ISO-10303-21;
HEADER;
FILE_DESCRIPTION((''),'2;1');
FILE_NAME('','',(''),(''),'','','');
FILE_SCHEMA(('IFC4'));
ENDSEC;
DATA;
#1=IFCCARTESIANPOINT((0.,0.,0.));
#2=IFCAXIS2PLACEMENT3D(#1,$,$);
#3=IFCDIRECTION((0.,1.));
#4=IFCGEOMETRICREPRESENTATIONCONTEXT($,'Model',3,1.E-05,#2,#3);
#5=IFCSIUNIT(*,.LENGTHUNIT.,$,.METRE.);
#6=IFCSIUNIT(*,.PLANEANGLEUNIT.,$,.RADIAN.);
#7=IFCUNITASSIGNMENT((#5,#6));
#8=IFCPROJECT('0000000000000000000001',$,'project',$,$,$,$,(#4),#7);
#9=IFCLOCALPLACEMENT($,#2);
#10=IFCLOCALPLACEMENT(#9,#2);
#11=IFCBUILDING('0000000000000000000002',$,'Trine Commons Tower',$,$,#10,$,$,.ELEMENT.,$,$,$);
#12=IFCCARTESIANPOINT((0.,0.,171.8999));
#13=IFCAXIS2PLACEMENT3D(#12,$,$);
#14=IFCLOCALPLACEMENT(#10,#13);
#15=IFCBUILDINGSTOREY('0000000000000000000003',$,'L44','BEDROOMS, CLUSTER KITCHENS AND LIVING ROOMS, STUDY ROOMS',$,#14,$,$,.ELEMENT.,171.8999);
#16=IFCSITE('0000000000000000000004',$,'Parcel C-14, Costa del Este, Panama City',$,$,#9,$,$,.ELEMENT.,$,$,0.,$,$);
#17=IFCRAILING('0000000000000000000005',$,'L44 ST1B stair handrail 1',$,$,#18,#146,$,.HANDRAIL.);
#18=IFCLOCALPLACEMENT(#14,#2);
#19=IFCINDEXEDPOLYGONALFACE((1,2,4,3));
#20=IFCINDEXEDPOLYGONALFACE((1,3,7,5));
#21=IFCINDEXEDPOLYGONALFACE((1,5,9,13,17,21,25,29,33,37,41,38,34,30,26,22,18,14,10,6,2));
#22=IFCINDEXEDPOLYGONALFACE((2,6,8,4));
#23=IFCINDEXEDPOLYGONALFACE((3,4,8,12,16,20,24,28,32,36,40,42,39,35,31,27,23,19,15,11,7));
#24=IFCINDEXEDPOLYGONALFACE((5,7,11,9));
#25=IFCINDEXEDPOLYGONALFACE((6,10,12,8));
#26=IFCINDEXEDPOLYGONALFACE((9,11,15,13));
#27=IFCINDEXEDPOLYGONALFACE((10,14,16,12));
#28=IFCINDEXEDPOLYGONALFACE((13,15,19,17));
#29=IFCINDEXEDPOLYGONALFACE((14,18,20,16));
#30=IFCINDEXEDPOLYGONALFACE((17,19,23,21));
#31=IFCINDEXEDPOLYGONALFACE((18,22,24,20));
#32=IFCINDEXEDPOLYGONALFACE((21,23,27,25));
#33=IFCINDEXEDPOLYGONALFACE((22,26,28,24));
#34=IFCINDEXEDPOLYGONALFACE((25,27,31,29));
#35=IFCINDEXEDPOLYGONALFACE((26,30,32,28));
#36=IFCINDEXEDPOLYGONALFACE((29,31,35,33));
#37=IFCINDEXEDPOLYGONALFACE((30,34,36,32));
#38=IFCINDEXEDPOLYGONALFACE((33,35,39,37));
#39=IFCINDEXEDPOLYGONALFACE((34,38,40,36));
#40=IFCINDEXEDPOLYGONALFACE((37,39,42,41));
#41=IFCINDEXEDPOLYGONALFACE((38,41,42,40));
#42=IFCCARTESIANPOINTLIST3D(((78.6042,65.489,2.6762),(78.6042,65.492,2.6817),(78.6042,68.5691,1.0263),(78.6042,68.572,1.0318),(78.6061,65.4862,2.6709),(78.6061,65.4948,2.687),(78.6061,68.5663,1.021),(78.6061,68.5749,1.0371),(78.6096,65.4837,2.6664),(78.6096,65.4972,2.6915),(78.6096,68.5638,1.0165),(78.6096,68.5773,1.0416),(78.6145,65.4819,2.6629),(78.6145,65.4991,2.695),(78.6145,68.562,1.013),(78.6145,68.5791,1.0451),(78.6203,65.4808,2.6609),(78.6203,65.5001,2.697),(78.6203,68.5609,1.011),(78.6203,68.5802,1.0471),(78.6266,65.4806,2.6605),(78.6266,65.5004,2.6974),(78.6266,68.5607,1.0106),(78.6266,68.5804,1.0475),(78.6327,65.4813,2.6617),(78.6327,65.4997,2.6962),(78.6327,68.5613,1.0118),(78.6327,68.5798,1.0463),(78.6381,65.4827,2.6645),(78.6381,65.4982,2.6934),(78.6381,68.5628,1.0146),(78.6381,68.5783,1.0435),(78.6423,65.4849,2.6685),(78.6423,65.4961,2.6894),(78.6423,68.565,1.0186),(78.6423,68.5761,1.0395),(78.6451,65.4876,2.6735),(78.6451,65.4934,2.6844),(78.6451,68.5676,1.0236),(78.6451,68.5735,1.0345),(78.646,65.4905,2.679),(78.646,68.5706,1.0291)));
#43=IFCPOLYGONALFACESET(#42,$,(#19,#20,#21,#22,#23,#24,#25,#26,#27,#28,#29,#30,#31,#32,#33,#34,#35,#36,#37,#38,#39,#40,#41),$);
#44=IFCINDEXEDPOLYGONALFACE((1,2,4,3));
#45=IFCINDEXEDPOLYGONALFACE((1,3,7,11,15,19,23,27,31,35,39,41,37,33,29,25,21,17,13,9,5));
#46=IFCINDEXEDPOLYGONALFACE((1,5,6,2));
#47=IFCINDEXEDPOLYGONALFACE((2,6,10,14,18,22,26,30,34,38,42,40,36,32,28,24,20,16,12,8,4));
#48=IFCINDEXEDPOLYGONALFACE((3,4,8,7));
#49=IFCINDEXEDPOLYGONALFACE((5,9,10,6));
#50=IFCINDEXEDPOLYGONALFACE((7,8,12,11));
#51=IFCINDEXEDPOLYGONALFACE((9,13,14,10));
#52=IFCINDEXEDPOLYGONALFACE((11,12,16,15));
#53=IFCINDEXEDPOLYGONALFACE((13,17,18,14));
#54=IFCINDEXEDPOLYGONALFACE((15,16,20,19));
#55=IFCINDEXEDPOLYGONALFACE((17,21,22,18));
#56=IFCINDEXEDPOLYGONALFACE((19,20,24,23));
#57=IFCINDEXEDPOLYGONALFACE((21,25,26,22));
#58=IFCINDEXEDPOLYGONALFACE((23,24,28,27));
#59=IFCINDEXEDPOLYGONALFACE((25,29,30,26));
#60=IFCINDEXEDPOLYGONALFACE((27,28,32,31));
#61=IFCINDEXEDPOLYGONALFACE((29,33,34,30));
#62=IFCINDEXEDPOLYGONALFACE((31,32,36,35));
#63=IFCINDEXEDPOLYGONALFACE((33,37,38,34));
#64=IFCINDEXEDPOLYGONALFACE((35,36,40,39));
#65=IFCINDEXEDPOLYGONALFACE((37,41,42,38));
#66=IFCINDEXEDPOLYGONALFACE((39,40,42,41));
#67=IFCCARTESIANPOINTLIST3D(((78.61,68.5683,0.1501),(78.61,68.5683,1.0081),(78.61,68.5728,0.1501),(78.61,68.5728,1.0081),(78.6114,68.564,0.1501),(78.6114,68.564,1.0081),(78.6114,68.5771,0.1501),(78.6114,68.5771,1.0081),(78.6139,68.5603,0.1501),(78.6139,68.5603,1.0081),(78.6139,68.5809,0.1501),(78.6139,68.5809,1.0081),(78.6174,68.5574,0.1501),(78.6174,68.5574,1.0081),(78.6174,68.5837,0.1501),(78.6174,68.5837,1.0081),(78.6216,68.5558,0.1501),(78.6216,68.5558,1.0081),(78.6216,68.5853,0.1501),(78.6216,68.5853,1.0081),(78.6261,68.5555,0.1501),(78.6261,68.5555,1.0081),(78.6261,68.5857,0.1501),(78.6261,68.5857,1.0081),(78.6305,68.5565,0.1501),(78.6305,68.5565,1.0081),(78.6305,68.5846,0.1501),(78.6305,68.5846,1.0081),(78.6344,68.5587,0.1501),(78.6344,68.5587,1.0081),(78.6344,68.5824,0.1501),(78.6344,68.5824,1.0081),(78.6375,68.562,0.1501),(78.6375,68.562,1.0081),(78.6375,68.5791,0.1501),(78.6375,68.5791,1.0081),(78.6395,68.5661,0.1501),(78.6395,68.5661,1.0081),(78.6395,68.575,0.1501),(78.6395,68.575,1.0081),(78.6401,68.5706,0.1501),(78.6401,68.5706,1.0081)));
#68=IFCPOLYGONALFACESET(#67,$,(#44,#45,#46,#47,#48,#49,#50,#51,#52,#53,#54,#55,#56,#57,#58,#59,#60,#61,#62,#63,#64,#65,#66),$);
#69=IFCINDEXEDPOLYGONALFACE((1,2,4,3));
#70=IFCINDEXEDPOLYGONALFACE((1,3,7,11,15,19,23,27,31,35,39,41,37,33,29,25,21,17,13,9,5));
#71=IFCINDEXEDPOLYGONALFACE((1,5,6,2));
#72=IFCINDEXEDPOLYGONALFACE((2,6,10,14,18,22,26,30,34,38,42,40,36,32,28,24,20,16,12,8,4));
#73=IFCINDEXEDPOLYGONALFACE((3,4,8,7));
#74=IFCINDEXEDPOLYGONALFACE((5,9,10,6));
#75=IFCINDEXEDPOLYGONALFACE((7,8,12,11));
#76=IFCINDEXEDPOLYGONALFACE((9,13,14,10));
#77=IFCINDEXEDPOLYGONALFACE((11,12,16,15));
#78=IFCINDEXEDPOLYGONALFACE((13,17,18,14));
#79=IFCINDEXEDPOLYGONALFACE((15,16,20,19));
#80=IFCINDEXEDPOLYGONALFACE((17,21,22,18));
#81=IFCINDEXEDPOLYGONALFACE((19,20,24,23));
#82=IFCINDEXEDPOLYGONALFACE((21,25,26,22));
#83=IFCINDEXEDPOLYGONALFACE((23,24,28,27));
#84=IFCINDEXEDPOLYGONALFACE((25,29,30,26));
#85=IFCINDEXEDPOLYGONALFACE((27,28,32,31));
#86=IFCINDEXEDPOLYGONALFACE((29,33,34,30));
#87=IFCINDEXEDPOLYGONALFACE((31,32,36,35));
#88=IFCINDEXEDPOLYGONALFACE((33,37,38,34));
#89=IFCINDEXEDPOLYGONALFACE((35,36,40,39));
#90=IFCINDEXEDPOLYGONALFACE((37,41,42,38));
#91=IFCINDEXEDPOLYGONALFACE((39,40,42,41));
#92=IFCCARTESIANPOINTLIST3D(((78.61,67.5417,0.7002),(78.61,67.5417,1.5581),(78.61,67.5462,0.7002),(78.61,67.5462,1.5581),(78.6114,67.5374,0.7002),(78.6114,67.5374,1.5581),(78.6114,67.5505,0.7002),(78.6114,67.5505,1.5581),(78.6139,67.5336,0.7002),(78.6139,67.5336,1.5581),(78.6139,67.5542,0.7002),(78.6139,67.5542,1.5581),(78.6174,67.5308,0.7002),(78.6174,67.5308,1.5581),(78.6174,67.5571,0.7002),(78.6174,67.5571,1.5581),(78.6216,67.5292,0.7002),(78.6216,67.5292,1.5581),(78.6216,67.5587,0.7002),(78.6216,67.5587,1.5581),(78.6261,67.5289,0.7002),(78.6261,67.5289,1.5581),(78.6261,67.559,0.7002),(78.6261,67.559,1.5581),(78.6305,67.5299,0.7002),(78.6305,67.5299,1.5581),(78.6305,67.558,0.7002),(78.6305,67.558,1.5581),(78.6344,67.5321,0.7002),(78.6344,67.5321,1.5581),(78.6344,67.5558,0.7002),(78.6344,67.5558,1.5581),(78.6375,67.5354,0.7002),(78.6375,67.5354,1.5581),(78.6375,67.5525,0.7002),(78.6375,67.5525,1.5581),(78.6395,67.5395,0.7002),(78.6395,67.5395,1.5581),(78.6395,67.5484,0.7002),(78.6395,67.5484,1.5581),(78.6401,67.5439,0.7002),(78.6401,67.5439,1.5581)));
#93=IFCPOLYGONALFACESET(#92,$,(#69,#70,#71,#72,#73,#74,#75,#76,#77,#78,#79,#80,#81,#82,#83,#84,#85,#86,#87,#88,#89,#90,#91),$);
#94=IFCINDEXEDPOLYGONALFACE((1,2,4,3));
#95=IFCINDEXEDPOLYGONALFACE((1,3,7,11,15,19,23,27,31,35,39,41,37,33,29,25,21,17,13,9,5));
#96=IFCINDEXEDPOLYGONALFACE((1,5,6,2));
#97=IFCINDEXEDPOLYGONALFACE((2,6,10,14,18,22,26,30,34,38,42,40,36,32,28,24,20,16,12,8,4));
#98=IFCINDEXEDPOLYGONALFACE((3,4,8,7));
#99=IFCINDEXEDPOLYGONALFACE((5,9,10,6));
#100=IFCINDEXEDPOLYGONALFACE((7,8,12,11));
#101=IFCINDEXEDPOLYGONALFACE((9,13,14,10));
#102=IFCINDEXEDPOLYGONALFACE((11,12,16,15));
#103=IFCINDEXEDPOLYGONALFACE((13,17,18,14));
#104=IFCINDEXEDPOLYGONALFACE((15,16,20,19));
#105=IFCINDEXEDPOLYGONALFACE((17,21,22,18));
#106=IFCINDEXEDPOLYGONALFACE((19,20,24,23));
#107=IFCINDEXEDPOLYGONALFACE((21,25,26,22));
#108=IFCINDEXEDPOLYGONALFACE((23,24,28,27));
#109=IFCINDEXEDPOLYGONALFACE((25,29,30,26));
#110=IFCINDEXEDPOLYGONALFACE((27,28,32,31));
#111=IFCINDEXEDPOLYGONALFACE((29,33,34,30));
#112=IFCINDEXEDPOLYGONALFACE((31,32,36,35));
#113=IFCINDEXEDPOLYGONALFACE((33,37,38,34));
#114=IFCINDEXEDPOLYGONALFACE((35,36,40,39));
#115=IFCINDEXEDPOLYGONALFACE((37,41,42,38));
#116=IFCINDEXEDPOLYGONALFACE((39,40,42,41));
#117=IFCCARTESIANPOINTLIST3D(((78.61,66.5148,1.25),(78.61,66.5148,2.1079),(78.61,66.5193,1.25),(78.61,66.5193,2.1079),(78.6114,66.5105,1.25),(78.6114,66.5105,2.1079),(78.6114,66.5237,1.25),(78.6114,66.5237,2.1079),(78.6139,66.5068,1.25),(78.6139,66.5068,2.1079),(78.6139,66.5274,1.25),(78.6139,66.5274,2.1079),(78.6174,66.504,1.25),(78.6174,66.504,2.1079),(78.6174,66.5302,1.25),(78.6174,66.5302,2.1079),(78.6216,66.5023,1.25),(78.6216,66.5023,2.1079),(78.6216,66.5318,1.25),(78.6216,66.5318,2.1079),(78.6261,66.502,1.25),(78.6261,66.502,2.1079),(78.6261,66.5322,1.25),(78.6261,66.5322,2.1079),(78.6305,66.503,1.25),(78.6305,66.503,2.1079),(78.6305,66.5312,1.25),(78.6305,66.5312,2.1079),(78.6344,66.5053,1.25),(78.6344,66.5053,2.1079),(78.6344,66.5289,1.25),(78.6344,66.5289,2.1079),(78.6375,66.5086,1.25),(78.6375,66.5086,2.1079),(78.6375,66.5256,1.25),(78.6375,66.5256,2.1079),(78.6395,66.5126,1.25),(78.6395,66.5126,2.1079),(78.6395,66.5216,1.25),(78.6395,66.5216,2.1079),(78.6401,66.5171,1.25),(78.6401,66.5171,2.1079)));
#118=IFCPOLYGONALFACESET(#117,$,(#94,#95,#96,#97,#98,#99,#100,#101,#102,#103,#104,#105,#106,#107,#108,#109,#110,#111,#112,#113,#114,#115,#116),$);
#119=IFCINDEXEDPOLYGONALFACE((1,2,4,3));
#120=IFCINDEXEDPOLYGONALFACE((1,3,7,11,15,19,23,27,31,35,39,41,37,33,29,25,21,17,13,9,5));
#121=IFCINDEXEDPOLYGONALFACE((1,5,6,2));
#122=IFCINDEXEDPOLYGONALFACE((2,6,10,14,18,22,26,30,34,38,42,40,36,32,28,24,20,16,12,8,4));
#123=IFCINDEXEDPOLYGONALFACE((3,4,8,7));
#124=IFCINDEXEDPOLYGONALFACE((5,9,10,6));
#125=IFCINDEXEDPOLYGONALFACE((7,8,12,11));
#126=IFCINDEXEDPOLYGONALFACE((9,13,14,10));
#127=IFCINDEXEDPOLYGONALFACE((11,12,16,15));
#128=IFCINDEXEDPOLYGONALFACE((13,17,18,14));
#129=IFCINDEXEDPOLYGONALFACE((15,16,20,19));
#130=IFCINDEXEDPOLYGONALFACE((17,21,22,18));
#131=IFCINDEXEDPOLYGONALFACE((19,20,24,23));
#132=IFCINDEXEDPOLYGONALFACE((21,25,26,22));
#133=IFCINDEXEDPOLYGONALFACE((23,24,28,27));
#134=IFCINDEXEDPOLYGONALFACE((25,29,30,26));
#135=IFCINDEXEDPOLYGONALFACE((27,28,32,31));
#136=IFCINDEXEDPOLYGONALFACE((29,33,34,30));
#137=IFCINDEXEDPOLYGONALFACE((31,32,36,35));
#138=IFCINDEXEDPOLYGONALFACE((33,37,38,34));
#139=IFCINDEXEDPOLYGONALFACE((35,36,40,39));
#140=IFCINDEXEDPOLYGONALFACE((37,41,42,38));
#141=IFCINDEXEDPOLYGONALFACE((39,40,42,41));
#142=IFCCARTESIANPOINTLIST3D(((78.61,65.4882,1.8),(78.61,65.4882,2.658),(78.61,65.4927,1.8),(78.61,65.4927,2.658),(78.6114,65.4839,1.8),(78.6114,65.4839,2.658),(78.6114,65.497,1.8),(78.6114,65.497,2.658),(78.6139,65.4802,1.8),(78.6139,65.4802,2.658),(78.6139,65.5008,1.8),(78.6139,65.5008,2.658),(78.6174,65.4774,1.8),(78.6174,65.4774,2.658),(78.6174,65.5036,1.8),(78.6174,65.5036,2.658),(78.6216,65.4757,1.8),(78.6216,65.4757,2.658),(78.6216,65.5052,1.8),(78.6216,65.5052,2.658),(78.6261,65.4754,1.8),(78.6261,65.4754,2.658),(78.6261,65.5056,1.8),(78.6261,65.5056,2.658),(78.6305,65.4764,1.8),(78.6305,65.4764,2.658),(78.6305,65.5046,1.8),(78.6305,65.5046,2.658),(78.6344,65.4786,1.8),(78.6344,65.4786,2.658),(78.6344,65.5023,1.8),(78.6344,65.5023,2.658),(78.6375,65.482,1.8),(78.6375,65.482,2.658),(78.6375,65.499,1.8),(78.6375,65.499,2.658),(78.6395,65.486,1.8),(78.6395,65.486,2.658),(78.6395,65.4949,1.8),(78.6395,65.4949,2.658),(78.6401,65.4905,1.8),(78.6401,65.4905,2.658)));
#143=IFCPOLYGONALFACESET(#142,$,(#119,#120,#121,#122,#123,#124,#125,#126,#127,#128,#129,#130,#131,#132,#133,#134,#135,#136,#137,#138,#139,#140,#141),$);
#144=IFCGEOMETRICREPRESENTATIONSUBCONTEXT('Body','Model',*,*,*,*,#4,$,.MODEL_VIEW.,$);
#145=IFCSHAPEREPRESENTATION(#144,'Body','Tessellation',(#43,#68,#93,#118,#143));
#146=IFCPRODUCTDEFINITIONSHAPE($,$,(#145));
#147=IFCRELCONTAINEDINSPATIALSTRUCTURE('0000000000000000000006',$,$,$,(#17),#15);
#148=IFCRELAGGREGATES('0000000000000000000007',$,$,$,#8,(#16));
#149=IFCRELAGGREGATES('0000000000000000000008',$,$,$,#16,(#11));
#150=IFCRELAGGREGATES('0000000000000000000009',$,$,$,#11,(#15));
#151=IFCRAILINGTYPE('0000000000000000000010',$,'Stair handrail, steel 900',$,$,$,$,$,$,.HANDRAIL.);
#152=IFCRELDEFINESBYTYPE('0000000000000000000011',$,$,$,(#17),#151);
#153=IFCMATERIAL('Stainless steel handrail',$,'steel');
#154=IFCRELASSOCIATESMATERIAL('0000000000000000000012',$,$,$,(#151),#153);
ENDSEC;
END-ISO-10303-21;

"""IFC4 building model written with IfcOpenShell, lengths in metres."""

from ifc_helpers import new_model, si_unit, direction, frame, origin, origin_2d, place, context, subcontext, project, spatial, circle, extrude, material, type_object, element, save


model = new_model("IFC4")

# Units and contexts
model_context = context("Model", 3, precision=1e-05, world=origin(), true_north=direction((0.0, 1.0)))
body_context = subcontext(model_context, "Body", "Model", "MODEL_VIEW")
ifc_project = project(units=[si_unit("LENGTHUNIT", "METRE"), si_unit("PLANEANGLEUNIT", "RADIAN")], contexts=[model_context])

# Site, building, storey
site_placement = place(None, origin())
site = spatial("IfcSite", under=ifc_project, at=site_placement, Name="Parcel C-14, Costa del Este, Panama City", CompositionType="ELEMENT", RefElevation=0.0)
building_placement = place(site_placement, origin())
building = spatial("IfcBuilding", under=site, at=building_placement, Name="Trine Commons Tower", CompositionType="ELEMENT")
storey_placement = place(building_placement, frame((0.0, 0.0, 171.8999)))
storey = spatial("IfcBuildingStorey", under=building, at=storey_placement, Name="L44", Description="BEDROOMS, CLUSTER KITCHENS AND LIVING ROOMS, STUDY ROOMS", CompositionType="ELEMENT", Elevation=171.8999)

# Railing
ifc_material_1 = material(Name="Stainless steel handrail", Category="steel")
railing_type_1 = type_object("IfcRailingType", Name="Stair handrail, steel 900", PredefinedType="HANDRAIL", material=ifc_material_1)
railing_1_placement = place(storey_placement, frame((78.625, 68.5706, 0.1501)))
element("IfcRailing", 1, at=railing_1_placement, inside=storey, type_object=railing_type_1, Name="L44 ST1B stair handrail 1", PredefinedType="HANDRAIL", context=body_context, shape_type="SweptSolid", body=[
    extrude(circle(Radius=0.021, at=origin_2d()), frame((0.0, 0.0, 0.8789), z_axis=(0.0, -0.881497, 0.47219), x_axis=(1.0, 0.0, 0.0)), (0.0, 0.0, 1.0), 3.4941),
    extrude(circle(Radius=0.0151, at=origin_2d()), origin(), (0.0, 0.0, 1.0), 0.8579),
    extrude(circle(Radius=0.0151, at=origin_2d()), frame((0.0, -1.0266, 0.55)), (0.0, 0.0, 1.0), 0.8579),
    extrude(circle(Radius=0.0151, at=origin_2d()), frame((0.0, -2.0535, 1.0999)), (0.0, 0.0, 1.0), 0.8579),
    extrude(circle(Radius=0.0151, at=origin_2d()), frame((0.0, -3.0801, 1.6499)), (0.0, 0.0, 1.0), 0.8579),
])

save(model, "model.ifc")
